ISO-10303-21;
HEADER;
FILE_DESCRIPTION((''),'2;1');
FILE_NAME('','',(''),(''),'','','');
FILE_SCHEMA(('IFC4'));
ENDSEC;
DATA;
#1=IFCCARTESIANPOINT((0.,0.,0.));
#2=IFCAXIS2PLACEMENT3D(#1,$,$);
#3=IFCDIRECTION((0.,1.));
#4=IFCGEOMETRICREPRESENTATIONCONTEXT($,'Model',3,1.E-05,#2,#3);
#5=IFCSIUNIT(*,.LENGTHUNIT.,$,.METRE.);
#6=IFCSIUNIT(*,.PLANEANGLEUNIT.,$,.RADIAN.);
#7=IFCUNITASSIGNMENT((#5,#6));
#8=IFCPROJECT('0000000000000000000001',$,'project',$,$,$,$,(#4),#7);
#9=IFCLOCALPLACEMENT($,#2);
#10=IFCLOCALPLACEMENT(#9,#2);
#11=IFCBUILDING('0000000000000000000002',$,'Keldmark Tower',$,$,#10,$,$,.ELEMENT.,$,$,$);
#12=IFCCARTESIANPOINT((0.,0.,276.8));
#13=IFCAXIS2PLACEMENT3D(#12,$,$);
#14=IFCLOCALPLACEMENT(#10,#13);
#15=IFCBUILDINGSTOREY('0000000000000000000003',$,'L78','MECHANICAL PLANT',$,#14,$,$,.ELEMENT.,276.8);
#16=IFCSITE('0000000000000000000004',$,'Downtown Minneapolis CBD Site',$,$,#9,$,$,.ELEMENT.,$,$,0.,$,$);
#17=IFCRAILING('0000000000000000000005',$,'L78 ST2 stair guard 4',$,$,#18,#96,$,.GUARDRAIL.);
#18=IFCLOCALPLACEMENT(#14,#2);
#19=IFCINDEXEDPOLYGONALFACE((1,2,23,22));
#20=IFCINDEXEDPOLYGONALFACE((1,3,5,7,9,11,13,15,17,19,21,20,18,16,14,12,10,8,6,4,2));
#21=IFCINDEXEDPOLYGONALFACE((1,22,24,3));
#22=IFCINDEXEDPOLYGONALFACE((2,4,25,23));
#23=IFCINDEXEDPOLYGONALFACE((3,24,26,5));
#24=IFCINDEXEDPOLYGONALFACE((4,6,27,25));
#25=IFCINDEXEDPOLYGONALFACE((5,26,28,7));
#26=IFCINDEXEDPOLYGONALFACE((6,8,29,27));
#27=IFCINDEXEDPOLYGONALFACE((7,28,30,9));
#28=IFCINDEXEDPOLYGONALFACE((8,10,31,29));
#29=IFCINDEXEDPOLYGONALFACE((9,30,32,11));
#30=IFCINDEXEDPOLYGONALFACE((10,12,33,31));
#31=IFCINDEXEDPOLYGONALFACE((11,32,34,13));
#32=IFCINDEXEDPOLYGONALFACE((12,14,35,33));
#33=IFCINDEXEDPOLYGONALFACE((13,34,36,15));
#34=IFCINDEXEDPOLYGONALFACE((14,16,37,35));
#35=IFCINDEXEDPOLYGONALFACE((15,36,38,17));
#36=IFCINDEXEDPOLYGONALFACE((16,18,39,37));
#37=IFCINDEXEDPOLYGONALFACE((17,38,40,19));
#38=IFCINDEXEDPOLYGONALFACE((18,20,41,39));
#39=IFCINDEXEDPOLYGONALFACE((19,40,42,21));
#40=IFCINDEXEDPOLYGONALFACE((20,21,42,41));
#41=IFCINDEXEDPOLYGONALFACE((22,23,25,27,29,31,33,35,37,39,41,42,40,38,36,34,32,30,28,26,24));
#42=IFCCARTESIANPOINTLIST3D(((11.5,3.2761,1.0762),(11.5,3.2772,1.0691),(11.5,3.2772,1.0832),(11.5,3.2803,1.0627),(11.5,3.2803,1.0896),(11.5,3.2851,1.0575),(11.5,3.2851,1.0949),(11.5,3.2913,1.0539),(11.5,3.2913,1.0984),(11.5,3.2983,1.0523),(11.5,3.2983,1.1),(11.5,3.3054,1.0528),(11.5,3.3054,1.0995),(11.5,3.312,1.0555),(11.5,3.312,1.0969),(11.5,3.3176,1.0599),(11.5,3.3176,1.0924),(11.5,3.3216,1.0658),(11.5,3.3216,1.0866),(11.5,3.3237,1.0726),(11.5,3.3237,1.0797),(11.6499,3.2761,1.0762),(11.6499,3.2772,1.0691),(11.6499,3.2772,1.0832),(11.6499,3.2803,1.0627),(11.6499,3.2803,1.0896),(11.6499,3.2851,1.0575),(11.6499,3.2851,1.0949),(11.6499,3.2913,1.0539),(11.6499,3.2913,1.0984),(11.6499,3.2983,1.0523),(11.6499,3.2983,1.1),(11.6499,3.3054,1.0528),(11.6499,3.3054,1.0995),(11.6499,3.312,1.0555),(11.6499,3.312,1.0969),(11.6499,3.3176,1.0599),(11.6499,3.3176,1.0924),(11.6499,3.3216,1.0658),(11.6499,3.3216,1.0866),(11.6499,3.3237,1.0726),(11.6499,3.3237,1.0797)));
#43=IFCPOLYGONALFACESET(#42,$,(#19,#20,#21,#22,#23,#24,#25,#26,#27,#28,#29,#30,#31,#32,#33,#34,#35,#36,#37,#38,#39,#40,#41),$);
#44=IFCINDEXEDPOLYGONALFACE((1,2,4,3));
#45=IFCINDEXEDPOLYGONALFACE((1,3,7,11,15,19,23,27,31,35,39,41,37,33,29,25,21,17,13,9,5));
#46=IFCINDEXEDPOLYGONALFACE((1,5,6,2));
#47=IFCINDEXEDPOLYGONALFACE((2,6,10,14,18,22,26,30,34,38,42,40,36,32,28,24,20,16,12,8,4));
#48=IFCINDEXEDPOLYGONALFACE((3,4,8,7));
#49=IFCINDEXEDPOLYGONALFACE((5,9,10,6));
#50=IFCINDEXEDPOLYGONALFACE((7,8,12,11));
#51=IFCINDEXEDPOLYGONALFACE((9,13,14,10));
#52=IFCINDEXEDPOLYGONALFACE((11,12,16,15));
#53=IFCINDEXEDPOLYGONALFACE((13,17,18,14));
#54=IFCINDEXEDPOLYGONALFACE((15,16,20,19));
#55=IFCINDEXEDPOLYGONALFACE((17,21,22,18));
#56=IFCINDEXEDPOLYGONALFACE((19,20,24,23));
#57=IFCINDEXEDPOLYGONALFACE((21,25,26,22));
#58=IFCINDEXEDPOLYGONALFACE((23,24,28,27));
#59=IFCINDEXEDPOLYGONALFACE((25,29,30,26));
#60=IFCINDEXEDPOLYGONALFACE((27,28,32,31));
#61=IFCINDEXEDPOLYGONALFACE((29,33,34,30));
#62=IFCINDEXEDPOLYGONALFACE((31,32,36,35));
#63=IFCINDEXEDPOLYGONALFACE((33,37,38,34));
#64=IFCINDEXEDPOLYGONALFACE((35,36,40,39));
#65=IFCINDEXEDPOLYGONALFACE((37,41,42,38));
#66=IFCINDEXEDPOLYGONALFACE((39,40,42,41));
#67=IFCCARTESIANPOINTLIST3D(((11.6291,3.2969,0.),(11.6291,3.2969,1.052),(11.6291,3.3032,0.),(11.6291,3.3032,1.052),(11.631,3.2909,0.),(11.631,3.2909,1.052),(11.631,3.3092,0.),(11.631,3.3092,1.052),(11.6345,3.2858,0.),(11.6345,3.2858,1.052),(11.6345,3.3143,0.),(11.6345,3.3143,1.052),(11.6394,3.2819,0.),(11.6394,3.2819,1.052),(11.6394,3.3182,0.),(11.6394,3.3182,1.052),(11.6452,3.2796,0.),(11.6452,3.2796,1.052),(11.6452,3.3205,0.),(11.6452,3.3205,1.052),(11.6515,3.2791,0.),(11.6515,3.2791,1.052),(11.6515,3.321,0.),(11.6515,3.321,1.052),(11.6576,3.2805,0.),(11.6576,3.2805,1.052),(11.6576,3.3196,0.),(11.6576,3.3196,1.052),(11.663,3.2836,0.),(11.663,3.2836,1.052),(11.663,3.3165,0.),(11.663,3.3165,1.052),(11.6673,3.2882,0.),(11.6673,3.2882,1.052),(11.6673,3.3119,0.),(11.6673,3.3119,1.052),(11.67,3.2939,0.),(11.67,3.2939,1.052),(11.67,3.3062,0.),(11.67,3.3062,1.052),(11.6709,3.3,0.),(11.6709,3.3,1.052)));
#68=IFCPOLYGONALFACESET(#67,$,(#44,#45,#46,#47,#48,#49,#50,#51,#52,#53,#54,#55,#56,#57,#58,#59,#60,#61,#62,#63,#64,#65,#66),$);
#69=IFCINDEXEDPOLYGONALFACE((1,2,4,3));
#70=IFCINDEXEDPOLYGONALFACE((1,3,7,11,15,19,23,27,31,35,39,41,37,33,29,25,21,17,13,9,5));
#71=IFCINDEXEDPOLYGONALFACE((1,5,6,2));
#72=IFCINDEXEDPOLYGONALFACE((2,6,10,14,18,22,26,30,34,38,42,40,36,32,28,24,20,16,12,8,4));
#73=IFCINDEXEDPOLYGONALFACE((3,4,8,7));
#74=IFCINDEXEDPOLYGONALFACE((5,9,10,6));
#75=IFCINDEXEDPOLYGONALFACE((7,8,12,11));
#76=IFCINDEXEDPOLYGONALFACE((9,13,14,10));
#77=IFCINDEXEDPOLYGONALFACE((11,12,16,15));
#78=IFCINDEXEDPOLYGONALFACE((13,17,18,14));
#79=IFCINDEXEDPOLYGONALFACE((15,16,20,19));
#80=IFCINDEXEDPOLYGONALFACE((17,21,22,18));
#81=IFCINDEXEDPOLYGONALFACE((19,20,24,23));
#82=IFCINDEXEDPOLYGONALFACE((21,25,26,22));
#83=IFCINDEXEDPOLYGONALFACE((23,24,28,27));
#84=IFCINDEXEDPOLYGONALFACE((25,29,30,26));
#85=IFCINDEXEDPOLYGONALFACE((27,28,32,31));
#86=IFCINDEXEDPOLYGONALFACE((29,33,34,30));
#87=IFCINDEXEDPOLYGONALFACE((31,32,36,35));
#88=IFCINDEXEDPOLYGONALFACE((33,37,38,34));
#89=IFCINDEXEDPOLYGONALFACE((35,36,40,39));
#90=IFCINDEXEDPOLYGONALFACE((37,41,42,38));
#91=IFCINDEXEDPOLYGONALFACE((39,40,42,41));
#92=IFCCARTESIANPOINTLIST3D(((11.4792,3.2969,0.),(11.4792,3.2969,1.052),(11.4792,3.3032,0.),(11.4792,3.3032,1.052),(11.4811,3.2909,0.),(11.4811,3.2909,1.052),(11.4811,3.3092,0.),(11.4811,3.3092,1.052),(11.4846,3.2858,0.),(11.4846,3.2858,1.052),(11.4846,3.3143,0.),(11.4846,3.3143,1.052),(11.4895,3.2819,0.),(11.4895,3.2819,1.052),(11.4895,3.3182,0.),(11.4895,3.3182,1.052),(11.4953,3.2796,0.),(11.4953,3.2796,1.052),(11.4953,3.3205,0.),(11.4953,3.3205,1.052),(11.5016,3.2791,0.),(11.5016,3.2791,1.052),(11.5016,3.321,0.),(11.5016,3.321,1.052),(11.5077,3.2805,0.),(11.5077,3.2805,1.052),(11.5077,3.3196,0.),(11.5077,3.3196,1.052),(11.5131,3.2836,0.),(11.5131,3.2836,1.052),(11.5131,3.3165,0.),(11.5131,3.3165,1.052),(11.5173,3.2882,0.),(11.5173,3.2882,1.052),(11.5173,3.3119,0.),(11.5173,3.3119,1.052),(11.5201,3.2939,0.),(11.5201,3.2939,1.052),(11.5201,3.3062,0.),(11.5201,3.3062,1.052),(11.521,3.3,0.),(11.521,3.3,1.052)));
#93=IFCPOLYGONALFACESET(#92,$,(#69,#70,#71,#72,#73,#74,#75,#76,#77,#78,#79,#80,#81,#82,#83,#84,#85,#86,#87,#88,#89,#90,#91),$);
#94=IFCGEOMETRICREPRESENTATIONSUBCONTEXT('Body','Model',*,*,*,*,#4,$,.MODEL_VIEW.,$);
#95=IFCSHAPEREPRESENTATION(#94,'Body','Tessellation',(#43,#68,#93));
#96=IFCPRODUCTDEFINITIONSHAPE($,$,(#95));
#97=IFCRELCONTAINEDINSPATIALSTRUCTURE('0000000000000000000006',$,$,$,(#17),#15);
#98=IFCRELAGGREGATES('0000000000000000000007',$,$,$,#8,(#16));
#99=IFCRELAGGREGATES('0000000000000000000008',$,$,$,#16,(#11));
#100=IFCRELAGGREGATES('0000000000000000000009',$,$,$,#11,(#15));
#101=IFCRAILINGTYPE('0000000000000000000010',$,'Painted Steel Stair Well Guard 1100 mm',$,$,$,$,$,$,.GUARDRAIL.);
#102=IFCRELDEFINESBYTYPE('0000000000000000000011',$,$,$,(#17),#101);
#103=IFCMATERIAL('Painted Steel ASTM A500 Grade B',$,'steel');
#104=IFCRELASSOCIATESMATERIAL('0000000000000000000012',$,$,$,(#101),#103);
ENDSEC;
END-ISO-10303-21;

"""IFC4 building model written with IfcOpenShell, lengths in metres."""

from ifc_helpers import new_model, si_unit, direction, frame, origin, origin_2d, place, context, subcontext, project, spatial, circle, extrude, material, type_object, element, save


model = new_model("IFC4")

# Units and contexts
model_context = context("Model", 3, precision=1e-05, world=origin(), true_north=direction((0.0, 1.0)))
body_context = subcontext(model_context, "Body", "Model", "MODEL_VIEW")
ifc_project = project(units=[si_unit("LENGTHUNIT", "METRE"), si_unit("PLANEANGLEUNIT", "RADIAN")], contexts=[model_context])

# Site, building, storey
site_placement = place(None, origin())
site = spatial("IfcSite", under=ifc_project, at=site_placement, Name="Downtown Minneapolis CBD Site", CompositionType="ELEMENT", RefElevation=0.0)
building_placement = place(site_placement, origin())
building = spatial("IfcBuilding", under=site, at=building_placement, Name="Keldmark Tower", CompositionType="ELEMENT")
storey_placement = place(building_placement, frame((0.0, 0.0, 276.8)))
storey = spatial("IfcBuildingStorey", under=building, at=storey_placement, Name="L78", Description="MECHANICAL PLANT", CompositionType="ELEMENT", Elevation=276.8)

# Railing
ifc_material_1 = material(Name="Painted Steel ASTM A500 Grade B", Category="steel")
railing_type = type_object("IfcRailingType", Name="Painted Steel Stair Well Guard 1100 mm", PredefinedType="GUARDRAIL", material=ifc_material_1)
railing_placement = place(storey_placement, frame((11.6499, 3.3, 0.0)))
element("IfcRailing", 1, at=railing_placement, inside=storey, type_object=railing_type, Name="L78 ST2 stair guard 4", PredefinedType="GUARDRAIL", context=body_context, shape_type="SweptSolid", body=[
    extrude(circle(Radius=0.0239, at=origin_2d()), frame((0.0, 0.0, 1.0762), z_axis=(-1.0, 0.0, 0.0), x_axis=(0.0, -1.0, 0.0)), (0.0, 0.0, 1.0), 0.1499),
    extrude(circle(Radius=0.021, at=origin_2d()), origin(), (0.0, 0.0, 1.0), 1.052),
    extrude(circle(Radius=0.021, at=origin_2d()), frame((-0.1499, 0.0, 0.0)), (0.0, 0.0, 1.0), 1.052),
])

save(model, "model.ifc")
